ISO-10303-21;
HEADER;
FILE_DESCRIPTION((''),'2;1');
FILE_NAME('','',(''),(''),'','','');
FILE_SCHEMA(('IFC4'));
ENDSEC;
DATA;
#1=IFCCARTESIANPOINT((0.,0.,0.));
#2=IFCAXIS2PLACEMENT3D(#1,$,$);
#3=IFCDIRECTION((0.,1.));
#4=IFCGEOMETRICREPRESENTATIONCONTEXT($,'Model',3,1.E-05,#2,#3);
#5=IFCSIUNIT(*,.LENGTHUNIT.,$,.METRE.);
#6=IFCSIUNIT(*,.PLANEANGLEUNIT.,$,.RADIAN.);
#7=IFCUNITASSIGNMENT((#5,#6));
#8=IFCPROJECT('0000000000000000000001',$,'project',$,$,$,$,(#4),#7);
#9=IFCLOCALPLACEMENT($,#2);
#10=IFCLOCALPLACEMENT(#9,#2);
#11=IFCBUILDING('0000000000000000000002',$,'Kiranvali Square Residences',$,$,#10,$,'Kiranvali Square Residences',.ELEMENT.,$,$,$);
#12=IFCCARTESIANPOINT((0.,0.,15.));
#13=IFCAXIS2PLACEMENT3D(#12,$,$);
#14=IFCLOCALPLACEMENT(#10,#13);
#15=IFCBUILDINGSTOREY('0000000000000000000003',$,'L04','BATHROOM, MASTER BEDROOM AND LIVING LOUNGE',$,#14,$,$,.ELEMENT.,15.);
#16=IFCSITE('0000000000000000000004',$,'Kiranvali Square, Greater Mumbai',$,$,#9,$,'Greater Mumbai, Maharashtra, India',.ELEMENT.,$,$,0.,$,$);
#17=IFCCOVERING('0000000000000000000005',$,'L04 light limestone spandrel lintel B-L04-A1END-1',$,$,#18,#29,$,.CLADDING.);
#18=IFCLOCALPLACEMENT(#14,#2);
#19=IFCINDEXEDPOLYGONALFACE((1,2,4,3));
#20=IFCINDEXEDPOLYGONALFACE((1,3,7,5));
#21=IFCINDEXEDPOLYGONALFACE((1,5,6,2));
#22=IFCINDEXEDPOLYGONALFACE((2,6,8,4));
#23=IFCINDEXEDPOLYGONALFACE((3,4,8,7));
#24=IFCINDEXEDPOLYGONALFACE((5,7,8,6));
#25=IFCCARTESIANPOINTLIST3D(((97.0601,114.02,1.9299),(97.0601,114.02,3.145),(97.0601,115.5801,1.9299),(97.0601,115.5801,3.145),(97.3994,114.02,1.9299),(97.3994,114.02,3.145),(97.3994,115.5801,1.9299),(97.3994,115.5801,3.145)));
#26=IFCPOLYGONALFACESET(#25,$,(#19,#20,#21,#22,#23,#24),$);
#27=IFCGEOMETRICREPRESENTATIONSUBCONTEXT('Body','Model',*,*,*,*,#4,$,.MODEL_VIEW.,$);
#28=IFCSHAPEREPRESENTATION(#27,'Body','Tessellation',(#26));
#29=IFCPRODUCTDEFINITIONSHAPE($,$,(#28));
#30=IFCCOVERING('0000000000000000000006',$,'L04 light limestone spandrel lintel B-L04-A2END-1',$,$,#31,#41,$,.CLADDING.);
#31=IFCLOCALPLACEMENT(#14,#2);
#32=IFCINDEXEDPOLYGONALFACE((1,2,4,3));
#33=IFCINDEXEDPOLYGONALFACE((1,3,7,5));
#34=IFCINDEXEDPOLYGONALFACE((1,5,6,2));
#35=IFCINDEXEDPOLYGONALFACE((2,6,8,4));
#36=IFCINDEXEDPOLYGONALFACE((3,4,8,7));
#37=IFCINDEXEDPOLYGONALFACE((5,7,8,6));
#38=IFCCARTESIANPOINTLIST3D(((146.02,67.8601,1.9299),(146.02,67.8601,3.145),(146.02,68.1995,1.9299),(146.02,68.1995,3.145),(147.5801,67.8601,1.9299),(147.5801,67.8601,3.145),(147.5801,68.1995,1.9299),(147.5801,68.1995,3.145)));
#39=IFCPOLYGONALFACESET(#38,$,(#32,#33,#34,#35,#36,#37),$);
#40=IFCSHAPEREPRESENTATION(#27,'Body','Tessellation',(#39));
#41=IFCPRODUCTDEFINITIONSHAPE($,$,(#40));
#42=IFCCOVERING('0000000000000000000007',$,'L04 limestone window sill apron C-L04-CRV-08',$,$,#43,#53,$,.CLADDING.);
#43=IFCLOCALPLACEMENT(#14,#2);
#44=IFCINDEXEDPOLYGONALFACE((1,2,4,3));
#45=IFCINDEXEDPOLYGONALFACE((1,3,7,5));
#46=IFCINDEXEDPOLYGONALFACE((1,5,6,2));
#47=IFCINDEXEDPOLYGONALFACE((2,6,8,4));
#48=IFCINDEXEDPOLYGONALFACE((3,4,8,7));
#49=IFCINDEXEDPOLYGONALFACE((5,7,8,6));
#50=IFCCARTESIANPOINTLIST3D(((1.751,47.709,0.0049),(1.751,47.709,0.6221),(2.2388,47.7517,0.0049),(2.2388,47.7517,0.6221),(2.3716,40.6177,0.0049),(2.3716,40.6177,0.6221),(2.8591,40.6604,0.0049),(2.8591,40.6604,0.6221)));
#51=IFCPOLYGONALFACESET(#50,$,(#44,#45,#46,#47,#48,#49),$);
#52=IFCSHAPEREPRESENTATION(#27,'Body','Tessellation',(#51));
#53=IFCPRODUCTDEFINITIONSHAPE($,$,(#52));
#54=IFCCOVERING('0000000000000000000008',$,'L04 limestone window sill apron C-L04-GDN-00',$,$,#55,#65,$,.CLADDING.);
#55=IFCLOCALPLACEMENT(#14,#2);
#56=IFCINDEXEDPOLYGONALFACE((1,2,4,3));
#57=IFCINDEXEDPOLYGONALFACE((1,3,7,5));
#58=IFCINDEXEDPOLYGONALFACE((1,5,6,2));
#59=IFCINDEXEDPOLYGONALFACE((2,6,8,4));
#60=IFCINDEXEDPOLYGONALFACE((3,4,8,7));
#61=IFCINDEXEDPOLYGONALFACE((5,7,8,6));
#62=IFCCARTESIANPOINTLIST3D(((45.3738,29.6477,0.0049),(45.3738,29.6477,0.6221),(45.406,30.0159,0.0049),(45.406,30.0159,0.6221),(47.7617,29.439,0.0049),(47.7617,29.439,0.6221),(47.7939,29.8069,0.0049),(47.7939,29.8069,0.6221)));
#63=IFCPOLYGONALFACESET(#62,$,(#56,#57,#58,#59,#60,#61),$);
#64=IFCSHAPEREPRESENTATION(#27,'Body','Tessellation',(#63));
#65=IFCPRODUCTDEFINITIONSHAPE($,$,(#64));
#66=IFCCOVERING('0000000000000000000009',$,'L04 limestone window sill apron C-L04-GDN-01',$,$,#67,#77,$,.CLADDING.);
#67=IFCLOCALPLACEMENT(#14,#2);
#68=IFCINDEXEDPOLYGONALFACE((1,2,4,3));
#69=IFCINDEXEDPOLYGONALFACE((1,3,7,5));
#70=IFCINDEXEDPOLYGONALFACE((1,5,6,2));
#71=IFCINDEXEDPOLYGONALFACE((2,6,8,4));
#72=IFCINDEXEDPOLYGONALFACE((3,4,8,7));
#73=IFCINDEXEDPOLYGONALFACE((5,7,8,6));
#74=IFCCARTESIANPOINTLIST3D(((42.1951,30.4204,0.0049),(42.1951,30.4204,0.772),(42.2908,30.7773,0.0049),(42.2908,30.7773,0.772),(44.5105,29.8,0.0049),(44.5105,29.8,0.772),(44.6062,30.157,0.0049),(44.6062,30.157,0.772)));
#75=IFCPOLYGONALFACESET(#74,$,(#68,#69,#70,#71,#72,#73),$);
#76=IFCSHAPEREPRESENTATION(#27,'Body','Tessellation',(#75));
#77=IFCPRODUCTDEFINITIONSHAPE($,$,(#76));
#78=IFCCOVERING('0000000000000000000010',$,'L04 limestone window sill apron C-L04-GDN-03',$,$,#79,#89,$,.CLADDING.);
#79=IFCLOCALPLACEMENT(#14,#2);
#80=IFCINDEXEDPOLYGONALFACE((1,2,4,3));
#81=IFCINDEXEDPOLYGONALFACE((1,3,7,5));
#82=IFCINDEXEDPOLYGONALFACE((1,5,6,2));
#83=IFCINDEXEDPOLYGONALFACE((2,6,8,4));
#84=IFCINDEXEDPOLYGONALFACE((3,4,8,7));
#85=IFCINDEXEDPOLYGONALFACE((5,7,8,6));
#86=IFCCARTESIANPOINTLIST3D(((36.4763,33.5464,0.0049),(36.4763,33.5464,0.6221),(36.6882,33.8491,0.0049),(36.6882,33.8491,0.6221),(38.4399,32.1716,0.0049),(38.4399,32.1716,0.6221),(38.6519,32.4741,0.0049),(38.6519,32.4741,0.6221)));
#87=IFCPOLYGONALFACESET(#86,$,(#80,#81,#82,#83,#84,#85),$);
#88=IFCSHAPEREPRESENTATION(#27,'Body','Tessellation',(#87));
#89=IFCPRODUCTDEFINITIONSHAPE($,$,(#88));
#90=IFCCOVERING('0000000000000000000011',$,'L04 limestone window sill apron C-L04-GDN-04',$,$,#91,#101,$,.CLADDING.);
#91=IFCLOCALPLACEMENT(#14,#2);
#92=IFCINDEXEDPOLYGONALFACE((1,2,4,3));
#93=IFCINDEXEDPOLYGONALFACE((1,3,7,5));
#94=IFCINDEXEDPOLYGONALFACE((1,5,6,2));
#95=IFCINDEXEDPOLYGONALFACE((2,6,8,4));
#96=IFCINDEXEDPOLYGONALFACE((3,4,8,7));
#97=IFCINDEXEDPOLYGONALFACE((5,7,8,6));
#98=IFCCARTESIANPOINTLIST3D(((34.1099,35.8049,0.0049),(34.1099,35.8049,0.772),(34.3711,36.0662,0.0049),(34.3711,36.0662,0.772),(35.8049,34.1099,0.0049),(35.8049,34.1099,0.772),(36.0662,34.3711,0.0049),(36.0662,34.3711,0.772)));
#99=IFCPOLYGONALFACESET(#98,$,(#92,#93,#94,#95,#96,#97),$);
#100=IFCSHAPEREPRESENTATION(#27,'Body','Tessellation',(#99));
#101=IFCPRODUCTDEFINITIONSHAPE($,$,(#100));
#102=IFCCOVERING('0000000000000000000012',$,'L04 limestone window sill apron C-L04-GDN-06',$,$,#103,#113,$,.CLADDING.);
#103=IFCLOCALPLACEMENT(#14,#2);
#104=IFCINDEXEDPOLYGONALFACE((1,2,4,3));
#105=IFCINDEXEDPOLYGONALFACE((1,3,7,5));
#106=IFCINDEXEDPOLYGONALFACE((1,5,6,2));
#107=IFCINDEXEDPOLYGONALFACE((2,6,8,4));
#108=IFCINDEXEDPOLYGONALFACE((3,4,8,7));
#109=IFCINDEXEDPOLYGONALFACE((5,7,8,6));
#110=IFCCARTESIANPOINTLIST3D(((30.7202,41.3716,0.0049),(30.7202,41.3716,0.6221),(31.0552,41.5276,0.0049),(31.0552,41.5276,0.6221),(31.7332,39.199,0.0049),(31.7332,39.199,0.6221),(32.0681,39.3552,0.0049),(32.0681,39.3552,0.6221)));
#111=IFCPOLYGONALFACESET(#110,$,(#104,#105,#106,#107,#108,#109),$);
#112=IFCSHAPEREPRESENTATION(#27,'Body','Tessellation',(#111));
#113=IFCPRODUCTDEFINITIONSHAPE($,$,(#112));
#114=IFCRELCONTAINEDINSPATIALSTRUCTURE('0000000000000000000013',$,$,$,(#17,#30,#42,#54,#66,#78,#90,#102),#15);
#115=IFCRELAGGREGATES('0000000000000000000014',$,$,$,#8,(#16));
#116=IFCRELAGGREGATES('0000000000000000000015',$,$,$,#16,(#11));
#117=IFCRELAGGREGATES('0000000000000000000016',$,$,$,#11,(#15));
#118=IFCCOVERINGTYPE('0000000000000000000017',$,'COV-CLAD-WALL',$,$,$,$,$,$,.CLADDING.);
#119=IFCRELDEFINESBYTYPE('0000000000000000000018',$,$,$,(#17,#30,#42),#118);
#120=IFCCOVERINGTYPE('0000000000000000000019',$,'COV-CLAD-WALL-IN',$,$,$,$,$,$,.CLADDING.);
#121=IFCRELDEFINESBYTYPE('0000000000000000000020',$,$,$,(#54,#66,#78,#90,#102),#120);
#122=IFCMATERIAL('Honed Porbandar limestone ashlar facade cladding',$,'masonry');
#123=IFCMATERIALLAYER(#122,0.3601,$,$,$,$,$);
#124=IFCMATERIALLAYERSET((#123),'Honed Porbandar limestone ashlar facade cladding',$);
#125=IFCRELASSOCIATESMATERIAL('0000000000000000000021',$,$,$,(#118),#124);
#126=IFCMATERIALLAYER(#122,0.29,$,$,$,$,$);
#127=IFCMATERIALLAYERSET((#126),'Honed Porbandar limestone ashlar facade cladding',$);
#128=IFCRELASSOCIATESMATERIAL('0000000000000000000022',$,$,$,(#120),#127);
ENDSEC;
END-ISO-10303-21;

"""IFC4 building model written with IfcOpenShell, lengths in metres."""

from ifc_helpers import new_model, si_unit, direction, frame, origin, place, context, subcontext, project, spatial, polyline, outline, extrude, material, layer, layer_set, type_object, element, save


model = new_model("IFC4")

# Units and contexts
model_context = context("Model", 3, precision=1e-05, world=origin(), true_north=direction((0.0, 1.0)))
body_context = subcontext(model_context, "Body", "Model", "MODEL_VIEW")
ifc_project = project(units=[si_unit("LENGTHUNIT", "METRE"), si_unit("PLANEANGLEUNIT", "RADIAN")], contexts=[model_context])

# Site, building, storey
site_placement = place(None, origin())
site = spatial("IfcSite", under=ifc_project, at=site_placement, Name="Kiranvali Square, Greater Mumbai", LongName="Greater Mumbai, Maharashtra, India", CompositionType="ELEMENT", RefElevation=0.0)
building_placement = place(site_placement, origin())
building = spatial("IfcBuilding", under=site, at=building_placement, Name="Kiranvali Square Residences", LongName="Kiranvali Square Residences", CompositionType="ELEMENT")
storey_placement = place(building_placement, frame((0.0, 0.0, 15.0)))
storey = spatial("IfcBuildingStorey", under=building, at=storey_placement, Name="L04", Description="BATHROOM, MASTER BEDROOM AND LIVING LOUNGE", CompositionType="ELEMENT", Elevation=15.0)

# Coverings
ifc_material = material(Name="Honed Porbandar limestone ashlar facade cladding", Category="masonry")
ifc_layer_1 = layer(ifc_material, 0.3601)
ifc_layer_set_1 = layer_set([ifc_layer_1], Name="Honed Porbandar limestone ashlar facade cladding")
covering_type_1 = type_object("IfcCoveringType", Name="COV-CLAD-WALL", PredefinedType="CLADDING", material=ifc_layer_set_1)
covering_1_placement = place(storey_placement, frame((0.0, 0.0, 1.9299)))
element("IfcCovering", 1, at=covering_1_placement, inside=storey, type_object=covering_type_1, Name="L04 light limestone spandrel lintel B-L04-A1END-1", PredefinedType="CLADDING", context=body_context, shape_type="SweptSolid", body=[
    extrude(outline(polyline([(97.3994, 114.02), (97.3994, 115.5801), (97.0601, 115.5801), (97.0601, 114.02), (97.3994, 114.02)])), origin(), (0.0, 0.0, 1.0), 1.2151),
])
covering_2_placement = place(storey_placement, frame((0.0, 0.0, 1.9299)))
element("IfcCovering", 2, at=covering_2_placement, inside=storey, type_object=covering_type_1, Name="L04 light limestone spandrel lintel B-L04-A2END-1", PredefinedType="CLADDING", context=body_context, shape_type="SweptSolid", body=[
    extrude(outline(polyline([(146.02, 67.8601), (147.5801, 67.8601), (147.5801, 68.1995), (146.02, 68.1995), (146.02, 67.8601)])), origin(), (0.0, 0.0, 1.0), 1.2151),
])
covering_3_placement = place(storey_placement, frame((0.0, 0.0, 0.0049)))
element("IfcCovering", 3, at=covering_3_placement, inside=storey, type_object=covering_type_1, Name="L04 limestone window sill apron C-L04-CRV-08", PredefinedType="CLADDING", context=body_context, shape_type="SweptSolid", body=[
    extrude(outline(polyline([(2.8591, 40.6604), (2.2388, 47.7517), (1.751, 47.709), (2.3716, 40.6177), (2.8591, 40.6604)])), origin(), (0.0, 0.0, 1.0), 0.6172),
])
ifc_layer_2 = layer(ifc_material, 0.29)
ifc_layer_set_2 = layer_set([ifc_layer_2], Name="Honed Porbandar limestone ashlar facade cladding")
covering_type_2 = type_object("IfcCoveringType", Name="COV-CLAD-WALL-IN", PredefinedType="CLADDING", material=ifc_layer_set_2)
covering_4_placement = place(storey_placement, frame((0.0, 0.0, 0.0049)))
element("IfcCovering", 4, at=covering_4_placement, inside=storey, type_object=covering_type_2, Name="L04 limestone window sill apron C-L04-GDN-00", PredefinedType="CLADDING", context=body_context, shape_type="SweptSolid", body=[
    extrude(outline(polyline([(47.7939, 29.8069), (45.406, 30.0159), (45.3738, 29.6477), (47.7617, 29.439), (47.7939, 29.8069)])), origin(), (0.0, 0.0, 1.0), 0.6172),
])
covering_5_placement = place(storey_placement, frame((0.0, 0.0, 0.0049)))
element("IfcCovering", 5, at=covering_5_placement, inside=storey, type_object=covering_type_2, Name="L04 limestone window sill apron C-L04-GDN-01", PredefinedType="CLADDING", context=body_context, shape_type="SweptSolid", body=[
    extrude(outline(polyline([(44.6062, 30.157), (42.2908, 30.7773), (42.1951, 30.4204), (44.5105, 29.8), (44.6062, 30.157)])), origin(), (0.0, 0.0, 1.0), 0.7671),
])
covering_6_placement = place(storey_placement, frame((0.0, 0.0, 0.0049)))
element("IfcCovering", 6, at=covering_6_placement, inside=storey, type_object=covering_type_2, Name="L04 limestone window sill apron C-L04-GDN-03", PredefinedType="CLADDING", context=body_context, shape_type="SweptSolid", body=[
    extrude(outline(polyline([(38.6519, 32.4741), (36.6882, 33.8491), (36.4763, 33.5464), (38.4399, 32.1716), (38.6519, 32.4741)])), origin(), (0.0, 0.0, 1.0), 0.6172),
])
covering_7_placement = place(storey_placement, frame((0.0, 0.0, 0.0049)))
element("IfcCovering", 7, at=covering_7_placement, inside=storey, type_object=covering_type_2, Name="L04 limestone window sill apron C-L04-GDN-04", PredefinedType="CLADDING", context=body_context, shape_type="SweptSolid", body=[
    extrude(outline(polyline([(36.0662, 34.3711), (34.3711, 36.0662), (34.1099, 35.8049), (35.8049, 34.1099), (36.0662, 34.3711)])), origin(), (0.0, 0.0, 1.0), 0.7671),
])
covering_8_placement = place(storey_placement, frame((0.0, 0.0, 0.0049)))
element("IfcCovering", 8, at=covering_8_placement, inside=storey, type_object=covering_type_2, Name="L04 limestone window sill apron C-L04-GDN-06", PredefinedType="CLADDING", context=body_context, shape_type="SweptSolid", body=[
    extrude(outline(polyline([(32.0681, 39.3552), (31.0552, 41.5276), (30.7202, 41.3716), (31.7332, 39.199), (32.0681, 39.3552)])), origin(), (0.0, 0.0, 1.0), 0.6172),
])

save(model, "model.ifc")
